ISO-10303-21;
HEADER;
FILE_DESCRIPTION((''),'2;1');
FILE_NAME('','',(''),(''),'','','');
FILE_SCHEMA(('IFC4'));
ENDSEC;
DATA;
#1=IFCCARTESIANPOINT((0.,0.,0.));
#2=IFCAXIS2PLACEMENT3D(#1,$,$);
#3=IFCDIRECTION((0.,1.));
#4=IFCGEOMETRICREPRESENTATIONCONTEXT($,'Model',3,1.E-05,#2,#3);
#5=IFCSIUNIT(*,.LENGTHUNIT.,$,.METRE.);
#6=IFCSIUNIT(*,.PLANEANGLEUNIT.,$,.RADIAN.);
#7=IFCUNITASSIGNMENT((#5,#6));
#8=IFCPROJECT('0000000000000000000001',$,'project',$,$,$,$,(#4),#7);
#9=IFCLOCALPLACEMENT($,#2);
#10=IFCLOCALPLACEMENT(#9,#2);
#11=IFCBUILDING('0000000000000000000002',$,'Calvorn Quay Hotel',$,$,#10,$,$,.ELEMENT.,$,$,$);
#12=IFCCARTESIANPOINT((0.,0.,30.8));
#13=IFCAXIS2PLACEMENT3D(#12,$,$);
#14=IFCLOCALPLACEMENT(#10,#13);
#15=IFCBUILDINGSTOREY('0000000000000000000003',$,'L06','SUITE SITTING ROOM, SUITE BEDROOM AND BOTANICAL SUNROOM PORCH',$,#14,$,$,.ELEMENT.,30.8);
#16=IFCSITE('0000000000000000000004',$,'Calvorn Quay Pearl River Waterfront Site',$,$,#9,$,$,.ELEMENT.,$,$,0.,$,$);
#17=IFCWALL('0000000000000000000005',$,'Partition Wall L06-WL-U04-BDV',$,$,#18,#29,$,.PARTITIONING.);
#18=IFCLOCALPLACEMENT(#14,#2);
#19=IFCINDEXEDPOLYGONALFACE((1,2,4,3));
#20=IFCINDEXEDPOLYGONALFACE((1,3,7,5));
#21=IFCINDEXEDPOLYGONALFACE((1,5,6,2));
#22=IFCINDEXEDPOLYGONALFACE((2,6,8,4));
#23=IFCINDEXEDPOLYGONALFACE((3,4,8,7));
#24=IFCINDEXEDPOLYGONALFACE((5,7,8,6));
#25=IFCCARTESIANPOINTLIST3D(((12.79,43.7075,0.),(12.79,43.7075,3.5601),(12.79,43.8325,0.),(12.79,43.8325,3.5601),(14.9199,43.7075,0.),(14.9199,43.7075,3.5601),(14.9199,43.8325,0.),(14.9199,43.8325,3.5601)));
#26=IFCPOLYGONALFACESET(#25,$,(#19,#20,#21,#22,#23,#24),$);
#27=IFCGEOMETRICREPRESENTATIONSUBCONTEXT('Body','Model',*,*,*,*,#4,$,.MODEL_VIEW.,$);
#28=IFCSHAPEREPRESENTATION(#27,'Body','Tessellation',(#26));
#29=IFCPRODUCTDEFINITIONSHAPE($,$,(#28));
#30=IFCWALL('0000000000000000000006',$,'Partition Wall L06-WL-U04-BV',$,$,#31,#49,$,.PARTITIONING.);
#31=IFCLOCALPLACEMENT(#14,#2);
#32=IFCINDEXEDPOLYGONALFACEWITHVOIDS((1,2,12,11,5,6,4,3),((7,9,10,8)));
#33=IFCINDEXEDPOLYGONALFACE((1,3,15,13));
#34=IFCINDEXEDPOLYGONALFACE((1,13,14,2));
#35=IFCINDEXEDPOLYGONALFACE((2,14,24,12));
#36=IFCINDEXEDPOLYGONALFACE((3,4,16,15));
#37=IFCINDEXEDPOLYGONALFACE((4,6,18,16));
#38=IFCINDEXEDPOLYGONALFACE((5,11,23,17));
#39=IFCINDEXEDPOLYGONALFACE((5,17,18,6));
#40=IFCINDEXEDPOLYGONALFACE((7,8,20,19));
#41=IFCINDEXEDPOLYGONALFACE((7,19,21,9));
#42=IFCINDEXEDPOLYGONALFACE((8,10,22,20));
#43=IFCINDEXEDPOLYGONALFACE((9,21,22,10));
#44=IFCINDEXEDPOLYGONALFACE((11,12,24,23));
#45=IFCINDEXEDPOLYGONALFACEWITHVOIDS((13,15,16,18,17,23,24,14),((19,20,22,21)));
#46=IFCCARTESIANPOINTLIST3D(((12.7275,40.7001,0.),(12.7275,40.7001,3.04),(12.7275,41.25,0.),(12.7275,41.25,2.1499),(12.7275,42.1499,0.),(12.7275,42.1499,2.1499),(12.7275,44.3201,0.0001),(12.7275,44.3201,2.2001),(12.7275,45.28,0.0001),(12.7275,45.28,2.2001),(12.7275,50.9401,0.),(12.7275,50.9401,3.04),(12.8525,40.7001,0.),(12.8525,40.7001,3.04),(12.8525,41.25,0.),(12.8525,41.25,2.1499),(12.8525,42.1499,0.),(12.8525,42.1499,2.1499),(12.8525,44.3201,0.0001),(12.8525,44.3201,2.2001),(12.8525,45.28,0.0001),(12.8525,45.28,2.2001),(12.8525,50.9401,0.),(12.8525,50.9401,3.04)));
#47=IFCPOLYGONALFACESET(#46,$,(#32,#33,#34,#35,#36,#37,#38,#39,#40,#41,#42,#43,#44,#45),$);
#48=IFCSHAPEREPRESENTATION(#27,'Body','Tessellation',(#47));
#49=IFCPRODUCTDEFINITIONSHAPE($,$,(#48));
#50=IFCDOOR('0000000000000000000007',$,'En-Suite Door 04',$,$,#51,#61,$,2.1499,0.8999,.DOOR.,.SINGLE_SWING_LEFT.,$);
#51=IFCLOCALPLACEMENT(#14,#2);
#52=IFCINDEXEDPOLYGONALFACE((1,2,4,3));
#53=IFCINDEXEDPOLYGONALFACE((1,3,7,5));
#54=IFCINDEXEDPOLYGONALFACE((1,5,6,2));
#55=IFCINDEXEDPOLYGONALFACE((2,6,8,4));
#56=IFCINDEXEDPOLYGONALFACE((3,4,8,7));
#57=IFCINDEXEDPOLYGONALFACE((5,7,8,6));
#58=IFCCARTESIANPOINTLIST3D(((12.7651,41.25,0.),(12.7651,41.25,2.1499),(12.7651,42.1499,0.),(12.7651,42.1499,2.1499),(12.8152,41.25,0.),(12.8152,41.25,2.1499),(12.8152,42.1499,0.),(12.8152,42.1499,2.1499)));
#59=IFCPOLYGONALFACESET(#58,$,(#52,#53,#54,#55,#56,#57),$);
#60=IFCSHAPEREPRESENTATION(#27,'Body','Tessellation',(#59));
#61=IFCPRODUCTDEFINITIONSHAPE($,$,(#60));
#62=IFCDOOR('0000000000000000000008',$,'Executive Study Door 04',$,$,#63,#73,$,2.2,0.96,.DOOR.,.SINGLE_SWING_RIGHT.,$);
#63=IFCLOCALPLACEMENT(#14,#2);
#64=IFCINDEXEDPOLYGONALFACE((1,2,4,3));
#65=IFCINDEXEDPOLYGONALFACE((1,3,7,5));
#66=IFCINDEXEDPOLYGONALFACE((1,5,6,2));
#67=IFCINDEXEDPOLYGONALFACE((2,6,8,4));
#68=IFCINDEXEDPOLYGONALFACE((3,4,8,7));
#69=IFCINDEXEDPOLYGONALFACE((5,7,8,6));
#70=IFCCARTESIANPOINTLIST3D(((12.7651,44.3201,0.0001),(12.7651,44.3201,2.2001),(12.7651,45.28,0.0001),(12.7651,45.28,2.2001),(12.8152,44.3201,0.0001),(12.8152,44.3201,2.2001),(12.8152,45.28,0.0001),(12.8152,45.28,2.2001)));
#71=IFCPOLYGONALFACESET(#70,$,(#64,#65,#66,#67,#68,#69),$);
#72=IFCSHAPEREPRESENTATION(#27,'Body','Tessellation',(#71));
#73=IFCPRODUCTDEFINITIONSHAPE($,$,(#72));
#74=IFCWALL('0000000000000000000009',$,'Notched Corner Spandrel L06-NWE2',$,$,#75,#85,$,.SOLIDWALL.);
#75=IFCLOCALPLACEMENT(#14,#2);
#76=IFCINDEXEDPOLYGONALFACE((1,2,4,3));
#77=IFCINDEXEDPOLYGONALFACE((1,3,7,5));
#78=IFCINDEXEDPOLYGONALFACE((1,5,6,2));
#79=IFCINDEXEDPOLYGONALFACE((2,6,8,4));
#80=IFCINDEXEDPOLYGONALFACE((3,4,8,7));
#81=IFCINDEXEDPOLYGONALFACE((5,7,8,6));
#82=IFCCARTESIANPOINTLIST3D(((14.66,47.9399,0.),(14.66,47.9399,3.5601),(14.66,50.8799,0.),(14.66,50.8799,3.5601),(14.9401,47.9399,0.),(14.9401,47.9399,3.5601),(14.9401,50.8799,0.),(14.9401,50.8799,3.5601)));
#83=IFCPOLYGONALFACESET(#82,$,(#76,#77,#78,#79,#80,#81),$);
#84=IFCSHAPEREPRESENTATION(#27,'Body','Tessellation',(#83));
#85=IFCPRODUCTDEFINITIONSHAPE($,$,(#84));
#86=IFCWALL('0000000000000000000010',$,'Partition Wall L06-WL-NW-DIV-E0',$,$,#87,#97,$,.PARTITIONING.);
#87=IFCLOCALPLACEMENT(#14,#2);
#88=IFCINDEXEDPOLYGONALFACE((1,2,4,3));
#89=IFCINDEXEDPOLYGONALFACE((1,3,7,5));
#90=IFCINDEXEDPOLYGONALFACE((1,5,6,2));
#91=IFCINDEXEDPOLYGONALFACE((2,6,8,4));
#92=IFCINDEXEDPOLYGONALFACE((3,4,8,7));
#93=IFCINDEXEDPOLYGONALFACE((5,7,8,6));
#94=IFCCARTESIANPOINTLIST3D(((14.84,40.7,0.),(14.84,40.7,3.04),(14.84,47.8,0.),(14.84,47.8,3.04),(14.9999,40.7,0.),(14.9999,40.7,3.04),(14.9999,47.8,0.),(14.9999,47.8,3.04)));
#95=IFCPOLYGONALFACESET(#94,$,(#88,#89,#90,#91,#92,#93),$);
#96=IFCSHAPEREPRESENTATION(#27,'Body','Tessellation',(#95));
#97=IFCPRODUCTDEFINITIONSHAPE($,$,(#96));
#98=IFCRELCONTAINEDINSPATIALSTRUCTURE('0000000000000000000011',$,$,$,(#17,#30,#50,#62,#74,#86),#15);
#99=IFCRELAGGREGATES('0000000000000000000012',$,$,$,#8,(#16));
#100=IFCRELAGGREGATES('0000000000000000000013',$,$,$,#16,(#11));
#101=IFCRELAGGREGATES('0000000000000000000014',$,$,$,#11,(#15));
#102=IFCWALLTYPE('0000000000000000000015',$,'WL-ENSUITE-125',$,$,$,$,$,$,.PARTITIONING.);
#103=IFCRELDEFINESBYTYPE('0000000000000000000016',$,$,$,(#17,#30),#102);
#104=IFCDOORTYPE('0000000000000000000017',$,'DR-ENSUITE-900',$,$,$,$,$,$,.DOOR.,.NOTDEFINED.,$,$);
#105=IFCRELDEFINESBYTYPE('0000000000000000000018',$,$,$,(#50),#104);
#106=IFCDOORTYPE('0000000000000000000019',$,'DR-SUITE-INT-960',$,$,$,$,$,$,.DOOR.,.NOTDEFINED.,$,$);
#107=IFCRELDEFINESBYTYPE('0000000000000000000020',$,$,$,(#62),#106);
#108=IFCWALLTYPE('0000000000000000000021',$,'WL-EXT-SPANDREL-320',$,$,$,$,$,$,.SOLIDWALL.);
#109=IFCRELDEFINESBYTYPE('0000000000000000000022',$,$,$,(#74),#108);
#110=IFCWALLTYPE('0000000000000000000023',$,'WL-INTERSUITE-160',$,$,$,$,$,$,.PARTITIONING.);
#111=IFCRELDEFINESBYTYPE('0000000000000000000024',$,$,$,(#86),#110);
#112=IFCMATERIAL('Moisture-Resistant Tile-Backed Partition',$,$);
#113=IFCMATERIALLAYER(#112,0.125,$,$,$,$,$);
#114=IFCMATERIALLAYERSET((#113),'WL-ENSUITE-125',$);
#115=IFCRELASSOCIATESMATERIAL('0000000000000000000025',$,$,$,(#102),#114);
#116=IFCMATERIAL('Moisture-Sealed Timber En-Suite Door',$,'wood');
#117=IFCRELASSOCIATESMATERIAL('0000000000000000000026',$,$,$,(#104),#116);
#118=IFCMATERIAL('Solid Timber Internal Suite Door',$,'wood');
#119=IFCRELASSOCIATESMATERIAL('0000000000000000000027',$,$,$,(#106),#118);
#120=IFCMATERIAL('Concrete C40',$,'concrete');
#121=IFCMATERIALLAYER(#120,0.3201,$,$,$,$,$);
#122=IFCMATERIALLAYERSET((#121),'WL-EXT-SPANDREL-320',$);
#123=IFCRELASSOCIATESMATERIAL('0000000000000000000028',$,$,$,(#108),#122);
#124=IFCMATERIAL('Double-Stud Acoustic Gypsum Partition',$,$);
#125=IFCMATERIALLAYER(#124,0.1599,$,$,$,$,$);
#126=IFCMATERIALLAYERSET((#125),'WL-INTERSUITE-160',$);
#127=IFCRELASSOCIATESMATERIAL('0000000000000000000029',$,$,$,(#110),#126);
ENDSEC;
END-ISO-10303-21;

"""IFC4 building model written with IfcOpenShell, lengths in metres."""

from ifc_helpers import new_model, si_unit, direction, frame, frame_2d, origin, place, context, subcontext, project, spatial, rectangle, extrude, material, layer, layer_set, type_object, element, fill, save


model = new_model("IFC4")

# Units and contexts
model_context = context("Model", 3, precision=1e-05, world=origin(), true_north=direction((0.0, 1.0)))
body_context = subcontext(model_context, "Body", "Model", "MODEL_VIEW")
ifc_project = project(units=[si_unit("LENGTHUNIT", "METRE"), si_unit("PLANEANGLEUNIT", "RADIAN")], contexts=[model_context])

# Site, building, storey
site_placement = place(None, origin())
site = spatial("IfcSite", under=ifc_project, at=site_placement, Name="Calvorn Quay Pearl River Waterfront Site", CompositionType="ELEMENT", RefElevation=0.0)
building_placement = place(site_placement, origin())
building = spatial("IfcBuilding", under=site, at=building_placement, Name="Calvorn Quay Hotel", CompositionType="ELEMENT")
storey_placement = place(building_placement, frame((0.0, 0.0, 30.8)))
storey = spatial("IfcBuildingStorey", under=building, at=storey_placement, Name="L06", Description="SUITE SITTING ROOM, SUITE BEDROOM AND BOTANICAL SUNROOM PORCH", CompositionType="ELEMENT", Elevation=30.8)

# Wall
ifc_material_1 = material(Name="Moisture-Resistant Tile-Backed Partition")
ifc_layer_1 = layer(ifc_material_1, 0.125)
ifc_layer_set_1 = layer_set([ifc_layer_1], Name="WL-ENSUITE-125")
wall_type_1 = type_object("IfcWallType", Name="WL-ENSUITE-125", PredefinedType="PARTITIONING", material=ifc_layer_set_1)
wall_1_placement = place(storey_placement, frame((12.79, 43.77, 0.0), z_axis=(0.0, 0.0, 1.0), x_axis=(1.0, 0.0, 0.0)))
element("IfcWall", 1, at=wall_1_placement, inside=storey, type_object=wall_type_1, Name="Partition Wall L06-WL-U04-BDV", PredefinedType="PARTITIONING", context=body_context, shape_type="SweptSolid", body=[
    extrude(rectangle(XDim=2.1299, YDim=0.125, at=frame_2d((1.0649, 0.0))), origin(), (0.0, 0.0, 1.0), 3.5601),
])

# Wall, openings, doors
wall_2_placement = place(storey_placement, frame((12.79, 40.7, 0.0), z_axis=(0.0, 0.0, 1.0), x_axis=(0.0, 1.0, 0.0)))
wall_2 = element("IfcWall", 2, at=wall_2_placement, inside=storey, type_object=wall_type_1, Name="Partition Wall L06-WL-U04-BV", PredefinedType="PARTITIONING", context=body_context, shape_type="SweptSolid", body=[
    extrude(rectangle(XDim=10.24, YDim=0.125, at=frame_2d((5.1201, 0.0))), origin(), (0.0, 0.0, 1.0), 3.04),
])
opening_1_placement = place(wall_2_placement, frame((0.55, 0.0, 0.0)))
opening_1 = element("IfcOpeningElement", 3, at=opening_1_placement, cuts=wall_2, PredefinedType="OPENING", context=body_context, shape_type="SweptSolid", body=[
    extrude(rectangle(XDim=0.8999, YDim=2.1499, at=frame_2d((0.45, 1.075))), frame((0.0, 0.0725, 0.0), z_axis=(0.0, -1.0, 0.0), x_axis=(1.0, 0.0, 0.0)), (0.0, 0.0, 1.0), 0.145),
])
opening_2_placement = place(wall_2_placement, frame((3.6201, 0.0, 0.0)))
opening_2 = element("IfcOpeningElement", 4, at=opening_2_placement, cuts=wall_2, PredefinedType="OPENING", context=body_context, shape_type="SweptSolid", body=[
    extrude(rectangle(XDim=0.96, YDim=2.2, at=frame_2d((0.48, 1.1001))), frame((0.0, 0.0725, 0.0), z_axis=(0.0, -1.0, 0.0), x_axis=(1.0, 0.0, 0.0)), (0.0, 0.0, 1.0), 0.145),
])
ifc_material_2 = material(Name="Moisture-Sealed Timber En-Suite Door", Category="wood")
door_type_1 = type_object("IfcDoorType", Name="DR-ENSUITE-900", OperationType="NOTDEFINED", PredefinedType="DOOR", material=ifc_material_2)
door_1_placement = place(opening_1_placement, origin())
door_1 = element("IfcDoor", 5, at=door_1_placement, inside=storey, type_object=door_type_1, Name="En-Suite Door 04", OperationType="SINGLE_SWING_LEFT", OverallHeight=2.1499, OverallWidth=0.8999, PredefinedType="DOOR", context=body_context, shape_type="SweptSolid", body=[
    extrude(rectangle(XDim=0.8999, YDim=2.1499, at=frame_2d((0.45, 1.075))), frame((0.0, 0.0249, 0.0), z_axis=(0.0, -1.0, 0.0), x_axis=(1.0, 0.0, 0.0)), (0.0, 0.0, 1.0), 0.05),
])
fill(opening_1, door_1)
ifc_material_3 = material(Name="Solid Timber Internal Suite Door", Category="wood")
door_type_2 = type_object("IfcDoorType", Name="DR-SUITE-INT-960", OperationType="NOTDEFINED", PredefinedType="DOOR", material=ifc_material_3)
door_2_placement = place(opening_2_placement, origin())
door_2 = element("IfcDoor", 6, at=door_2_placement, inside=storey, type_object=door_type_2, Name="Executive Study Door 04", OperationType="SINGLE_SWING_RIGHT", OverallHeight=2.2, OverallWidth=0.96, PredefinedType="DOOR", context=body_context, shape_type="SweptSolid", body=[
    extrude(rectangle(XDim=0.96, YDim=2.2, at=frame_2d((0.48, 1.1001))), frame((0.0, 0.0249, 0.0), z_axis=(0.0, -1.0, 0.0), x_axis=(1.0, 0.0, 0.0)), (0.0, 0.0, 1.0), 0.05),
])
fill(opening_2, door_2)

# Walls
ifc_material_4 = material(Name="Concrete C40", Category="concrete")
ifc_layer_2 = layer(ifc_material_4, 0.3201)
ifc_layer_set_2 = layer_set([ifc_layer_2], Name="WL-EXT-SPANDREL-320")
wall_type_2 = type_object("IfcWallType", Name="WL-EXT-SPANDREL-320", PredefinedType="SOLIDWALL", material=ifc_layer_set_2)
wall_3_placement = place(storey_placement, frame((14.8, 47.9399, 0.0), z_axis=(0.0, 0.0, 1.0), x_axis=(0.0, 1.0, 0.0)))
element("IfcWall", 7, at=wall_3_placement, inside=storey, type_object=wall_type_2, Name="Notched Corner Spandrel L06-NWE2", PredefinedType="SOLIDWALL", context=body_context, shape_type="SweptSolid", body=[
    extrude(rectangle(XDim=2.9399, YDim=0.28, at=frame_2d((1.47, 0.0))), origin(), (0.0, 0.0, 1.0), 3.5601),
])
ifc_material_5 = material(Name="Double-Stud Acoustic Gypsum Partition")
ifc_layer_3 = layer(ifc_material_5, 0.1599)
ifc_layer_set_3 = layer_set([ifc_layer_3], Name="WL-INTERSUITE-160")
wall_type_3 = type_object("IfcWallType", Name="WL-INTERSUITE-160", PredefinedType="PARTITIONING", material=ifc_layer_set_3)
wall_4_placement = place(storey_placement, frame((14.9199, 40.7, 0.0), z_axis=(0.0, 0.0, 1.0), x_axis=(0.0, 1.0, 0.0)))
element("IfcWall", 8, at=wall_4_placement, inside=storey, type_object=wall_type_3, Name="Partition Wall L06-WL-NW-DIV-E0", PredefinedType="PARTITIONING", context=body_context, shape_type="SweptSolid", body=[
    extrude(rectangle(XDim=7.1001, YDim=0.1599, at=frame_2d((3.55, 0.0))), origin(), (0.0, 0.0, 1.0), 3.04),
])

save(model, "model.ifc")
